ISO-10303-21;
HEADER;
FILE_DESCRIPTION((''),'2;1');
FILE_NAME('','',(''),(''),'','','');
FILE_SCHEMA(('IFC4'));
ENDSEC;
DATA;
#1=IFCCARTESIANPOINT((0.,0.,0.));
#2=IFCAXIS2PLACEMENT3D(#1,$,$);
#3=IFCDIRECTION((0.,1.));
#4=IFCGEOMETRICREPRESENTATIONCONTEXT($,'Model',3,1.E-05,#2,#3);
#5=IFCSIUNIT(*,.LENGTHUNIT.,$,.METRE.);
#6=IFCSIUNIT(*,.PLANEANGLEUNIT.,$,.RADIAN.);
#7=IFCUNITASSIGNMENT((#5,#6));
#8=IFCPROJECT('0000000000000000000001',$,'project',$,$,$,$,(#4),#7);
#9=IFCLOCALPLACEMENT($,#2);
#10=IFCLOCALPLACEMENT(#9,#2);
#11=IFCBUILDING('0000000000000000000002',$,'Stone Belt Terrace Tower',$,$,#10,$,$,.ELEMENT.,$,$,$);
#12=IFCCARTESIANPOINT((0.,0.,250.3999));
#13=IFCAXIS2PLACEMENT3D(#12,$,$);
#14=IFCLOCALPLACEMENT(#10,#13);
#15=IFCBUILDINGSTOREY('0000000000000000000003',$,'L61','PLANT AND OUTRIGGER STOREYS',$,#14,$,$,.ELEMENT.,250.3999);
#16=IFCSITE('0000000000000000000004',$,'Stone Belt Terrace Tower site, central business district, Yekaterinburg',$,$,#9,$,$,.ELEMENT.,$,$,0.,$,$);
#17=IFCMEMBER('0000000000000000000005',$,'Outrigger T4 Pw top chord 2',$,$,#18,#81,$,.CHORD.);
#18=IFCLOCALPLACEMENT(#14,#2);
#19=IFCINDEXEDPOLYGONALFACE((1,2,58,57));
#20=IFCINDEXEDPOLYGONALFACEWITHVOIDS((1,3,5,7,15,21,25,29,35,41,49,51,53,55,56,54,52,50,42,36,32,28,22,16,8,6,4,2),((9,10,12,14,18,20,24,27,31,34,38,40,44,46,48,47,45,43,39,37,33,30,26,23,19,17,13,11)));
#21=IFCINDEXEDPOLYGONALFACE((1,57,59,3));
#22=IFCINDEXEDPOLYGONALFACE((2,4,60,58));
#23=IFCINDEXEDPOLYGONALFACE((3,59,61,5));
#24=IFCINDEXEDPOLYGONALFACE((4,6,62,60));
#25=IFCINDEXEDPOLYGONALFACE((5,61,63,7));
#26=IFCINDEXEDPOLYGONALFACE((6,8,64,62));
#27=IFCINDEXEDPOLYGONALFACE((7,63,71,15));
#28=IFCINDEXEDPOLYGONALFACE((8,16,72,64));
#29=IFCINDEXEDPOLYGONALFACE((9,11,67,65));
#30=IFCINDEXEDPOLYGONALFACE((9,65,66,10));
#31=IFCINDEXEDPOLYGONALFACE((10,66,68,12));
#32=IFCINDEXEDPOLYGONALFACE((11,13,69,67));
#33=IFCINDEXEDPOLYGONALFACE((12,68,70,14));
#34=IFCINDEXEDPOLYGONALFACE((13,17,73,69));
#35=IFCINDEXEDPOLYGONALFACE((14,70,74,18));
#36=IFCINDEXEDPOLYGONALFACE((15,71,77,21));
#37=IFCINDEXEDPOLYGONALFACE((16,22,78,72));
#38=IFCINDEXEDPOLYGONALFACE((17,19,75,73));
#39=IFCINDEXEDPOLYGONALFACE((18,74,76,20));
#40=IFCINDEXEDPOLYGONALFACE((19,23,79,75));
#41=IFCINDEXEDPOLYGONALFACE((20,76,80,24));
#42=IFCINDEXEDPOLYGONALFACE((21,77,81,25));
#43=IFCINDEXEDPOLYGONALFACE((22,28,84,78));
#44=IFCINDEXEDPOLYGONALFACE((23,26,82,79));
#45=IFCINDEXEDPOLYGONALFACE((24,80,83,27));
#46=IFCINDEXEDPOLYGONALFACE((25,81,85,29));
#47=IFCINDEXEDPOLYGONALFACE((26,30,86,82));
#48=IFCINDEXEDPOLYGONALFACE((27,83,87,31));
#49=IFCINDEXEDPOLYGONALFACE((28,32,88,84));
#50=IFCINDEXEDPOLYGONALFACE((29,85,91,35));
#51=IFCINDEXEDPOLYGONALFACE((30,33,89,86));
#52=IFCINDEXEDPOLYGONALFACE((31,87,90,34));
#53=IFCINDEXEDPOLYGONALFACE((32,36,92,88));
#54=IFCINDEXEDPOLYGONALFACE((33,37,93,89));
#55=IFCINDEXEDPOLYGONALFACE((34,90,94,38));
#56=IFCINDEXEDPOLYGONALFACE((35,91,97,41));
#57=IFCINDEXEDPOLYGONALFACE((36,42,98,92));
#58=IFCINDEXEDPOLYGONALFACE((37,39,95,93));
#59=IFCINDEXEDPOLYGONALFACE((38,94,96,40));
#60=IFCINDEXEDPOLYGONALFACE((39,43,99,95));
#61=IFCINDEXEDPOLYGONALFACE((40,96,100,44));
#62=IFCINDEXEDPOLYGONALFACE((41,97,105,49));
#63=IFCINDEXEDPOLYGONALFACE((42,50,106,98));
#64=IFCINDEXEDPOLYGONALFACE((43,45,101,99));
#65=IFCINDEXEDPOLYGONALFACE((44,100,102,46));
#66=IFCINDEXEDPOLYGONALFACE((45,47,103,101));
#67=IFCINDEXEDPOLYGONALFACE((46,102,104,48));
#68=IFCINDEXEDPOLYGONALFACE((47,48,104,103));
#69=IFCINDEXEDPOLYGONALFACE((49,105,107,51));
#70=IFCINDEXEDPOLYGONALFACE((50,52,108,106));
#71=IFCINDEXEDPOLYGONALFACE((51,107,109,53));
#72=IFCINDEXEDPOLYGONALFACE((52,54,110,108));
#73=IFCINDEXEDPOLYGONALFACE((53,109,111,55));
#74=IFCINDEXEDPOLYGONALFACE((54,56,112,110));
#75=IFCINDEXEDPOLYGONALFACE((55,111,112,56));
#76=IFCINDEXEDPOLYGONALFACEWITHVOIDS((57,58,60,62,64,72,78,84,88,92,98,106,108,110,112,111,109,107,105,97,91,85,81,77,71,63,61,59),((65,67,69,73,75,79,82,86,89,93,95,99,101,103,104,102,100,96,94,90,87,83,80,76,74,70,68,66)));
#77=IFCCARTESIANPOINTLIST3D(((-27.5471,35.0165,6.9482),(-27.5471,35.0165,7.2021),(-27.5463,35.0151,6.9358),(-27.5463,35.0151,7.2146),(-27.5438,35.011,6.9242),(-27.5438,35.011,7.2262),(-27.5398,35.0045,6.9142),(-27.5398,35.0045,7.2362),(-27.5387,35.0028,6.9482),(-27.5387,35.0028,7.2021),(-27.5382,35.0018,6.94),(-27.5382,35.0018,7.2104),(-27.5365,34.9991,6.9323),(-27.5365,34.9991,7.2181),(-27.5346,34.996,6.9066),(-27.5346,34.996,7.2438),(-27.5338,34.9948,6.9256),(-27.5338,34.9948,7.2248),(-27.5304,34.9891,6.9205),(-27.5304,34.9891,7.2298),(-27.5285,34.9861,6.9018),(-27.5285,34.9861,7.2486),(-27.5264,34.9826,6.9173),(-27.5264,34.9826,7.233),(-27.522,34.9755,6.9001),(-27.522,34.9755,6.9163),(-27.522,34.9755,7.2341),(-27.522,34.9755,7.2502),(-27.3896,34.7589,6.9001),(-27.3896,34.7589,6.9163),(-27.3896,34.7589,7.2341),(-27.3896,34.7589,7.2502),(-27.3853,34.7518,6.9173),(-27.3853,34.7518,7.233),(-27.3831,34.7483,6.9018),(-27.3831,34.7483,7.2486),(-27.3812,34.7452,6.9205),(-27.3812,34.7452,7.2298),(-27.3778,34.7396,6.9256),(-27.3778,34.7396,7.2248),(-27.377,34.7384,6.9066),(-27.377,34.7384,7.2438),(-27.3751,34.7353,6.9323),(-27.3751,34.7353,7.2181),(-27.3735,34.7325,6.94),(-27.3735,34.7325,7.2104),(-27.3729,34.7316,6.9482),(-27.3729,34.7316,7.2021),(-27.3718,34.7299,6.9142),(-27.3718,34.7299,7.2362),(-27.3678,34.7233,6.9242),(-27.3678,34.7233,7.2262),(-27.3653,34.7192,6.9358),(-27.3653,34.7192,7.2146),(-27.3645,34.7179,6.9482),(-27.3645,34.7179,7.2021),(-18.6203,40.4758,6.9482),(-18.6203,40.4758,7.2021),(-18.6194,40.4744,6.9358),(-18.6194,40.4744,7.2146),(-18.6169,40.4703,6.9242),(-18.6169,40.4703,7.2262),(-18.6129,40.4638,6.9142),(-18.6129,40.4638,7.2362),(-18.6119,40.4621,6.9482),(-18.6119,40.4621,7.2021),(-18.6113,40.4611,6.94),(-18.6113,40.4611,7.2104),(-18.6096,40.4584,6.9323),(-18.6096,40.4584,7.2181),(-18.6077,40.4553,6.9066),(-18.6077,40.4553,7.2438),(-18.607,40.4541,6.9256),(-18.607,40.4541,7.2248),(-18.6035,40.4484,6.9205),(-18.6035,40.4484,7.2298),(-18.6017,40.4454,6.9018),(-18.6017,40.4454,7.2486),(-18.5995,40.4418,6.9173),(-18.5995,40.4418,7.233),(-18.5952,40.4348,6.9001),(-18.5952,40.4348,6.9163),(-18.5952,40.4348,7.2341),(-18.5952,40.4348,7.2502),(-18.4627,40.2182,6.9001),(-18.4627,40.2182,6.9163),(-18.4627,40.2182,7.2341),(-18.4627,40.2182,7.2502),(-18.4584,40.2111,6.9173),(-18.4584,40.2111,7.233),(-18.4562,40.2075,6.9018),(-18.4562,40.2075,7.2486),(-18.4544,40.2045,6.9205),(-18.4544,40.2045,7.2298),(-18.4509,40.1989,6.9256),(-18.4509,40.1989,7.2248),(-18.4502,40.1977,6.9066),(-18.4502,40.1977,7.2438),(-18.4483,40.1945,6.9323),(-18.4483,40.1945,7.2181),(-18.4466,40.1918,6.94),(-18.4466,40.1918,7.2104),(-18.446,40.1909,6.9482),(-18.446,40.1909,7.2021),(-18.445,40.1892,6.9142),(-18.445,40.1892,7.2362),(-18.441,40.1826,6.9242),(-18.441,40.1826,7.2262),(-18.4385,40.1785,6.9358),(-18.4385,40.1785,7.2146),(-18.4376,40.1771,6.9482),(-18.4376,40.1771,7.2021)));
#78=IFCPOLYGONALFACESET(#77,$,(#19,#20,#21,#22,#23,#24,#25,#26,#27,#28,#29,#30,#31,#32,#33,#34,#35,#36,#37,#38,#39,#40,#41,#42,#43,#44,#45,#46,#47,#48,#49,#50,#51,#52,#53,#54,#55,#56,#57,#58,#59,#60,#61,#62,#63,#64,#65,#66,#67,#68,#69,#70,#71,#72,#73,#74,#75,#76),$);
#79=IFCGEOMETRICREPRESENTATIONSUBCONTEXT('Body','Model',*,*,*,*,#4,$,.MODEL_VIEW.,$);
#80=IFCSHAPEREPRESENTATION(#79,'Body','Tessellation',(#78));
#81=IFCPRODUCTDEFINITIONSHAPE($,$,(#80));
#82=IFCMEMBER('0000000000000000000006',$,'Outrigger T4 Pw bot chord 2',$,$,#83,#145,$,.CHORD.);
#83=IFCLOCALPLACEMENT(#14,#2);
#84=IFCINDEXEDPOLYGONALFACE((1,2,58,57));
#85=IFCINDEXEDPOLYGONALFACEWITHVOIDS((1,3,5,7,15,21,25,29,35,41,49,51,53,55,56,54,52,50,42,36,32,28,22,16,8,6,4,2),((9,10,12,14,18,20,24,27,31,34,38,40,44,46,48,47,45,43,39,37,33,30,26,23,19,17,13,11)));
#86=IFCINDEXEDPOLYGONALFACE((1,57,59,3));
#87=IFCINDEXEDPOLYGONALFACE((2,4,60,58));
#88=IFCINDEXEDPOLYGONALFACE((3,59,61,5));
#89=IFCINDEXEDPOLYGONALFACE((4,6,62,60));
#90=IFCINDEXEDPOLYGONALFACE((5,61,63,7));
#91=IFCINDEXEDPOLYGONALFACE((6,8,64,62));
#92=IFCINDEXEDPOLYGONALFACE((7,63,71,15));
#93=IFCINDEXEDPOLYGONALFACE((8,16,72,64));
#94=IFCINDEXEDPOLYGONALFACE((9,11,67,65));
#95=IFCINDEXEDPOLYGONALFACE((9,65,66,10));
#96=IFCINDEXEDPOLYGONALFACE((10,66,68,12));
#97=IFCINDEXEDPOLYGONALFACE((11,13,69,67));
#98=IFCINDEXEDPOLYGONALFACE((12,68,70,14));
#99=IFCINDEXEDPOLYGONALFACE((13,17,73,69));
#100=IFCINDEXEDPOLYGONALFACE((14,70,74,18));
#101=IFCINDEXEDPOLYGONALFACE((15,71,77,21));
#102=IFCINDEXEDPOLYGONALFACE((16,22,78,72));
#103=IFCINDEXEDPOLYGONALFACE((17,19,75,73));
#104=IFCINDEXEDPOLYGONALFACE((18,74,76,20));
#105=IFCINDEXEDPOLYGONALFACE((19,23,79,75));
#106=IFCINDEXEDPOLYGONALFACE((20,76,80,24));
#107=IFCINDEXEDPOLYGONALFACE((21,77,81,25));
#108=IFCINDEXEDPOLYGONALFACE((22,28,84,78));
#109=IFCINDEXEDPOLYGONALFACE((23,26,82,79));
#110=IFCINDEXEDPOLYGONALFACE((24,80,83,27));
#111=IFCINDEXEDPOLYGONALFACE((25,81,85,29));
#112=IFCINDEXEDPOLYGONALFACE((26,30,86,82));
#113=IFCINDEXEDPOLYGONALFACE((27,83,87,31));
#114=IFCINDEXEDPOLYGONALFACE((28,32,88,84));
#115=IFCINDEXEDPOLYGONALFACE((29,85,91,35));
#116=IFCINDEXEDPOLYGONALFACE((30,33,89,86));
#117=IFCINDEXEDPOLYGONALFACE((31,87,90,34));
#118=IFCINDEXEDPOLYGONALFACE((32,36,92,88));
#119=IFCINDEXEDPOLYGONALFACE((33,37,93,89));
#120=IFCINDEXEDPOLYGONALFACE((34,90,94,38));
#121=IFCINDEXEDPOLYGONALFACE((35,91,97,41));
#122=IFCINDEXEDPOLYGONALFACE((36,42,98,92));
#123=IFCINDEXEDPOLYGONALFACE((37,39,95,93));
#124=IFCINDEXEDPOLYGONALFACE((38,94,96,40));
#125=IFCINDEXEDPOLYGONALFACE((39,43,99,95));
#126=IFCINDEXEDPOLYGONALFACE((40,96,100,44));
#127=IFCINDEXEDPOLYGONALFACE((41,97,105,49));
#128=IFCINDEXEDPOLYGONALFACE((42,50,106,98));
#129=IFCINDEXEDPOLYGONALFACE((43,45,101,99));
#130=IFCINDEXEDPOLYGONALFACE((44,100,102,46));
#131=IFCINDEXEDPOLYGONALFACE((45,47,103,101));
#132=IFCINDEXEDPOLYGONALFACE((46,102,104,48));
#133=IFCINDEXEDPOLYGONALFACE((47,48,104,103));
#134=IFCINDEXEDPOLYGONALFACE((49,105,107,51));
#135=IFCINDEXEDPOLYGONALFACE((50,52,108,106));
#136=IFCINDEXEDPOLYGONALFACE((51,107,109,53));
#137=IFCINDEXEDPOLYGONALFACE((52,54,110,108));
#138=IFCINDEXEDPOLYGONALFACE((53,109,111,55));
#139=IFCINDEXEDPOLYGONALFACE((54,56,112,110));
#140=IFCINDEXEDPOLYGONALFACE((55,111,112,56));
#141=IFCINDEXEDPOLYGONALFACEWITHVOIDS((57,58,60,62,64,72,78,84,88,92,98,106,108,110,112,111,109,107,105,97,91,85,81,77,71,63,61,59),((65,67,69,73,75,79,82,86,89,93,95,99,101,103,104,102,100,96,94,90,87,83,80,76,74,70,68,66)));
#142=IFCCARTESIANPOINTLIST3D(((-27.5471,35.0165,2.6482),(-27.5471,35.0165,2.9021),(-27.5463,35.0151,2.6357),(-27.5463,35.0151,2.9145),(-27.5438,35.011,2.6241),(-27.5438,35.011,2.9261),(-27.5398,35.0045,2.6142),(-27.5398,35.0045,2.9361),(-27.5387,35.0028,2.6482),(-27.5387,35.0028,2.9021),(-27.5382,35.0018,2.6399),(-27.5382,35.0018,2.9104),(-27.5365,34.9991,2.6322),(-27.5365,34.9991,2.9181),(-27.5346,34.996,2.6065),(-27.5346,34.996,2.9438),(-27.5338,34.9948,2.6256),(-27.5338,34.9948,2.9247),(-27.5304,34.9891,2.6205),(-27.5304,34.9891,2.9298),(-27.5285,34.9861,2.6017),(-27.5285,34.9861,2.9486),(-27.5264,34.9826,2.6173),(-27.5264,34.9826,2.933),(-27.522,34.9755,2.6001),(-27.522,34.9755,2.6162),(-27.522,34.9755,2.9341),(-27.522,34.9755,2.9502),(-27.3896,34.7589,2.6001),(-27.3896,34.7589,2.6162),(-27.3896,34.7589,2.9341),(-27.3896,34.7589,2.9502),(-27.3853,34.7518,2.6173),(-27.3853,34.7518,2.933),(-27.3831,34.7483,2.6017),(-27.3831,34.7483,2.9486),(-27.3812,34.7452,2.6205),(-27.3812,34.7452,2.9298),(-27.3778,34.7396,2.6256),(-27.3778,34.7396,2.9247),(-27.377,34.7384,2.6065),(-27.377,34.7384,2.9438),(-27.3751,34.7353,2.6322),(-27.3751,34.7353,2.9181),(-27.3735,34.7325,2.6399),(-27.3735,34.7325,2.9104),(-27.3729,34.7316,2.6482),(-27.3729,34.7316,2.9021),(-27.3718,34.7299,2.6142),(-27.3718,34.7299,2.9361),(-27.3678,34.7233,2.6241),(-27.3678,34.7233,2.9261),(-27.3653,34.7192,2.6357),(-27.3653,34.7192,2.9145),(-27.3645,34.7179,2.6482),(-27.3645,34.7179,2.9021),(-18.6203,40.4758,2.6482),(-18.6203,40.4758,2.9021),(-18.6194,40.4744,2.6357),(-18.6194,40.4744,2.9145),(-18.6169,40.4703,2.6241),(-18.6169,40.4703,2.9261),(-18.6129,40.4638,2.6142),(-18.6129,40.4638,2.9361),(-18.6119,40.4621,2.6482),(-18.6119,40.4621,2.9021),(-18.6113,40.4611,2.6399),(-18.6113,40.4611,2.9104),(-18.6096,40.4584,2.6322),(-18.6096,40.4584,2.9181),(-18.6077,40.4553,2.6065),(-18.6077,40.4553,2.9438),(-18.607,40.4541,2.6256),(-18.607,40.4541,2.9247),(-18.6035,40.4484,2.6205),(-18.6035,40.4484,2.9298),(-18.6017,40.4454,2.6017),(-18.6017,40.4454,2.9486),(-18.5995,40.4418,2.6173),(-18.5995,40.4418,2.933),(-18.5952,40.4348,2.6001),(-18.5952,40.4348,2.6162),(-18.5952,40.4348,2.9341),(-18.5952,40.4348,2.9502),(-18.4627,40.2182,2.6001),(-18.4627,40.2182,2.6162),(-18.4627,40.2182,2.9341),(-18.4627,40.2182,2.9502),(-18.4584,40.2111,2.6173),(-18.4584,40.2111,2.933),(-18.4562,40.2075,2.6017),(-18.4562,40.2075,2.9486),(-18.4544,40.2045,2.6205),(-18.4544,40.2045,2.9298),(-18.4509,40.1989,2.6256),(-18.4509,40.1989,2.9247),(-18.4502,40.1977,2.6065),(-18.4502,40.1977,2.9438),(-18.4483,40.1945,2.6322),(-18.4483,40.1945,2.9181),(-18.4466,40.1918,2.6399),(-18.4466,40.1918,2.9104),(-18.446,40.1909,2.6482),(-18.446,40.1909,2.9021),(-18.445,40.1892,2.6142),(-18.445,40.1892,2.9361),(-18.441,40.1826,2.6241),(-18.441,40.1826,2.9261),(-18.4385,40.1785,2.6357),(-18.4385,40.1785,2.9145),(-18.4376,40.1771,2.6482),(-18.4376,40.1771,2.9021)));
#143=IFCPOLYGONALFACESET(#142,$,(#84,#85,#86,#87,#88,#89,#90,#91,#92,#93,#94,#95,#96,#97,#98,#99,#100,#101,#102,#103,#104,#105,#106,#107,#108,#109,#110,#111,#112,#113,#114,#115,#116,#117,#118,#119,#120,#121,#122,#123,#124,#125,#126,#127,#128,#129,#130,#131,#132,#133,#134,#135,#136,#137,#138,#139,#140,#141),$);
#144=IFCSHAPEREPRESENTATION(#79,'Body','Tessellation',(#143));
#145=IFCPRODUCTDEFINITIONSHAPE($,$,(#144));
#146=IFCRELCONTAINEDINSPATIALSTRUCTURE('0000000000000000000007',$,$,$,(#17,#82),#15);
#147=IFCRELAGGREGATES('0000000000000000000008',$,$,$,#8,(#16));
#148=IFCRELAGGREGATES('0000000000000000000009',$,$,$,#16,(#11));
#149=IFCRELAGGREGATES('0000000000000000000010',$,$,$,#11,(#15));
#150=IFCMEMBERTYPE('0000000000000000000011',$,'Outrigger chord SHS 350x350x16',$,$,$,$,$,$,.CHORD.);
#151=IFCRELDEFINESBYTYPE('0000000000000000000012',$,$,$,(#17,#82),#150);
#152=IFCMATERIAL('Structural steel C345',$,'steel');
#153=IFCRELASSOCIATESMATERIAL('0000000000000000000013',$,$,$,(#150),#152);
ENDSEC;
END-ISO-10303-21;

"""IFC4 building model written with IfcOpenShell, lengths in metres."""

from ifc_helpers import new_model, si_unit, direction, frame, origin, origin_2d, place, context, subcontext, project, spatial, hollow_rectangle, extrude, material, material_profile, profile_set, type_object, element, save


model = new_model("IFC4")

# Units and contexts
model_context = context("Model", 3, precision=1e-05, world=origin(), true_north=direction((0.0, 1.0)))
body_context = subcontext(model_context, "Body", "Model", "MODEL_VIEW")
ifc_project = project(units=[si_unit("LENGTHUNIT", "METRE"), si_unit("PLANEANGLEUNIT", "RADIAN")], contexts=[model_context])

# Site, building, storey
site_placement = place(None, origin())
site = spatial("IfcSite", under=ifc_project, at=site_placement, Name="Stone Belt Terrace Tower site, central business district, Yekaterinburg", CompositionType="ELEMENT", RefElevation=0.0)
building_placement = place(site_placement, origin())
building = spatial("IfcBuilding", under=site, at=building_placement, Name="Stone Belt Terrace Tower", CompositionType="ELEMENT")
storey_placement = place(building_placement, frame((0.0, 0.0, 250.3999)))
storey = spatial("IfcBuildingStorey", under=building, at=storey_placement, Name="L61", Description="PLANT AND OUTRIGGER STOREYS", CompositionType="ELEMENT", Elevation=250.3999)

# Members
ifc_material_1 = material(Name="Structural steel C345", Category="steel")
ifc_material_profile_1 = material_profile(ifc_material_1, hollow_rectangle(XDim=0.3501, YDim=0.3501, WallThickness=0.0161, InnerFilletRadius=0.032, OuterFilletRadius=0.0481, at=origin_2d()), Name="SHS 350x350x16")
ifc_profile_set_1 = profile_set([ifc_material_profile_1], Name="Structural steel C345")
member_type_1 = type_object("IfcMemberType", Name="Outrigger chord SHS 350x350x16", PredefinedType="CHORD", material=ifc_profile_set_1)
for number, where, z_axis, x_axis, name in (
    (1, (-27.4558, 34.8672, 7.0752), (0.853112, 0.521727, 0.0), (-0.521727, 0.853112, 0.0), "Outrigger T4 Pw top chord 2"),
    (2, (-27.4558, 34.8672, 2.7751), (0.853112, 0.521727, 0.0), (-0.521727, 0.853112, 0.0), "Outrigger T4 Pw bot chord 2"),
):
    element("IfcMember", number, at=place(storey_placement, frame(where, z_axis=z_axis, x_axis=x_axis)), inside=storey, type_object=member_type_1, Name=name, PredefinedType="CHORD", context=body_context, shape_type="SweptSolid", body=[
        extrude(hollow_rectangle(XDim=0.3501, YDim=0.3501, WallThickness=0.0161, InnerFilletRadius=0.032, OuterFilletRadius=0.0481, at=origin_2d()), origin(), (0.0, 0.0, 1.0), 10.4639),
    ])

save(model, "model.ifc")
